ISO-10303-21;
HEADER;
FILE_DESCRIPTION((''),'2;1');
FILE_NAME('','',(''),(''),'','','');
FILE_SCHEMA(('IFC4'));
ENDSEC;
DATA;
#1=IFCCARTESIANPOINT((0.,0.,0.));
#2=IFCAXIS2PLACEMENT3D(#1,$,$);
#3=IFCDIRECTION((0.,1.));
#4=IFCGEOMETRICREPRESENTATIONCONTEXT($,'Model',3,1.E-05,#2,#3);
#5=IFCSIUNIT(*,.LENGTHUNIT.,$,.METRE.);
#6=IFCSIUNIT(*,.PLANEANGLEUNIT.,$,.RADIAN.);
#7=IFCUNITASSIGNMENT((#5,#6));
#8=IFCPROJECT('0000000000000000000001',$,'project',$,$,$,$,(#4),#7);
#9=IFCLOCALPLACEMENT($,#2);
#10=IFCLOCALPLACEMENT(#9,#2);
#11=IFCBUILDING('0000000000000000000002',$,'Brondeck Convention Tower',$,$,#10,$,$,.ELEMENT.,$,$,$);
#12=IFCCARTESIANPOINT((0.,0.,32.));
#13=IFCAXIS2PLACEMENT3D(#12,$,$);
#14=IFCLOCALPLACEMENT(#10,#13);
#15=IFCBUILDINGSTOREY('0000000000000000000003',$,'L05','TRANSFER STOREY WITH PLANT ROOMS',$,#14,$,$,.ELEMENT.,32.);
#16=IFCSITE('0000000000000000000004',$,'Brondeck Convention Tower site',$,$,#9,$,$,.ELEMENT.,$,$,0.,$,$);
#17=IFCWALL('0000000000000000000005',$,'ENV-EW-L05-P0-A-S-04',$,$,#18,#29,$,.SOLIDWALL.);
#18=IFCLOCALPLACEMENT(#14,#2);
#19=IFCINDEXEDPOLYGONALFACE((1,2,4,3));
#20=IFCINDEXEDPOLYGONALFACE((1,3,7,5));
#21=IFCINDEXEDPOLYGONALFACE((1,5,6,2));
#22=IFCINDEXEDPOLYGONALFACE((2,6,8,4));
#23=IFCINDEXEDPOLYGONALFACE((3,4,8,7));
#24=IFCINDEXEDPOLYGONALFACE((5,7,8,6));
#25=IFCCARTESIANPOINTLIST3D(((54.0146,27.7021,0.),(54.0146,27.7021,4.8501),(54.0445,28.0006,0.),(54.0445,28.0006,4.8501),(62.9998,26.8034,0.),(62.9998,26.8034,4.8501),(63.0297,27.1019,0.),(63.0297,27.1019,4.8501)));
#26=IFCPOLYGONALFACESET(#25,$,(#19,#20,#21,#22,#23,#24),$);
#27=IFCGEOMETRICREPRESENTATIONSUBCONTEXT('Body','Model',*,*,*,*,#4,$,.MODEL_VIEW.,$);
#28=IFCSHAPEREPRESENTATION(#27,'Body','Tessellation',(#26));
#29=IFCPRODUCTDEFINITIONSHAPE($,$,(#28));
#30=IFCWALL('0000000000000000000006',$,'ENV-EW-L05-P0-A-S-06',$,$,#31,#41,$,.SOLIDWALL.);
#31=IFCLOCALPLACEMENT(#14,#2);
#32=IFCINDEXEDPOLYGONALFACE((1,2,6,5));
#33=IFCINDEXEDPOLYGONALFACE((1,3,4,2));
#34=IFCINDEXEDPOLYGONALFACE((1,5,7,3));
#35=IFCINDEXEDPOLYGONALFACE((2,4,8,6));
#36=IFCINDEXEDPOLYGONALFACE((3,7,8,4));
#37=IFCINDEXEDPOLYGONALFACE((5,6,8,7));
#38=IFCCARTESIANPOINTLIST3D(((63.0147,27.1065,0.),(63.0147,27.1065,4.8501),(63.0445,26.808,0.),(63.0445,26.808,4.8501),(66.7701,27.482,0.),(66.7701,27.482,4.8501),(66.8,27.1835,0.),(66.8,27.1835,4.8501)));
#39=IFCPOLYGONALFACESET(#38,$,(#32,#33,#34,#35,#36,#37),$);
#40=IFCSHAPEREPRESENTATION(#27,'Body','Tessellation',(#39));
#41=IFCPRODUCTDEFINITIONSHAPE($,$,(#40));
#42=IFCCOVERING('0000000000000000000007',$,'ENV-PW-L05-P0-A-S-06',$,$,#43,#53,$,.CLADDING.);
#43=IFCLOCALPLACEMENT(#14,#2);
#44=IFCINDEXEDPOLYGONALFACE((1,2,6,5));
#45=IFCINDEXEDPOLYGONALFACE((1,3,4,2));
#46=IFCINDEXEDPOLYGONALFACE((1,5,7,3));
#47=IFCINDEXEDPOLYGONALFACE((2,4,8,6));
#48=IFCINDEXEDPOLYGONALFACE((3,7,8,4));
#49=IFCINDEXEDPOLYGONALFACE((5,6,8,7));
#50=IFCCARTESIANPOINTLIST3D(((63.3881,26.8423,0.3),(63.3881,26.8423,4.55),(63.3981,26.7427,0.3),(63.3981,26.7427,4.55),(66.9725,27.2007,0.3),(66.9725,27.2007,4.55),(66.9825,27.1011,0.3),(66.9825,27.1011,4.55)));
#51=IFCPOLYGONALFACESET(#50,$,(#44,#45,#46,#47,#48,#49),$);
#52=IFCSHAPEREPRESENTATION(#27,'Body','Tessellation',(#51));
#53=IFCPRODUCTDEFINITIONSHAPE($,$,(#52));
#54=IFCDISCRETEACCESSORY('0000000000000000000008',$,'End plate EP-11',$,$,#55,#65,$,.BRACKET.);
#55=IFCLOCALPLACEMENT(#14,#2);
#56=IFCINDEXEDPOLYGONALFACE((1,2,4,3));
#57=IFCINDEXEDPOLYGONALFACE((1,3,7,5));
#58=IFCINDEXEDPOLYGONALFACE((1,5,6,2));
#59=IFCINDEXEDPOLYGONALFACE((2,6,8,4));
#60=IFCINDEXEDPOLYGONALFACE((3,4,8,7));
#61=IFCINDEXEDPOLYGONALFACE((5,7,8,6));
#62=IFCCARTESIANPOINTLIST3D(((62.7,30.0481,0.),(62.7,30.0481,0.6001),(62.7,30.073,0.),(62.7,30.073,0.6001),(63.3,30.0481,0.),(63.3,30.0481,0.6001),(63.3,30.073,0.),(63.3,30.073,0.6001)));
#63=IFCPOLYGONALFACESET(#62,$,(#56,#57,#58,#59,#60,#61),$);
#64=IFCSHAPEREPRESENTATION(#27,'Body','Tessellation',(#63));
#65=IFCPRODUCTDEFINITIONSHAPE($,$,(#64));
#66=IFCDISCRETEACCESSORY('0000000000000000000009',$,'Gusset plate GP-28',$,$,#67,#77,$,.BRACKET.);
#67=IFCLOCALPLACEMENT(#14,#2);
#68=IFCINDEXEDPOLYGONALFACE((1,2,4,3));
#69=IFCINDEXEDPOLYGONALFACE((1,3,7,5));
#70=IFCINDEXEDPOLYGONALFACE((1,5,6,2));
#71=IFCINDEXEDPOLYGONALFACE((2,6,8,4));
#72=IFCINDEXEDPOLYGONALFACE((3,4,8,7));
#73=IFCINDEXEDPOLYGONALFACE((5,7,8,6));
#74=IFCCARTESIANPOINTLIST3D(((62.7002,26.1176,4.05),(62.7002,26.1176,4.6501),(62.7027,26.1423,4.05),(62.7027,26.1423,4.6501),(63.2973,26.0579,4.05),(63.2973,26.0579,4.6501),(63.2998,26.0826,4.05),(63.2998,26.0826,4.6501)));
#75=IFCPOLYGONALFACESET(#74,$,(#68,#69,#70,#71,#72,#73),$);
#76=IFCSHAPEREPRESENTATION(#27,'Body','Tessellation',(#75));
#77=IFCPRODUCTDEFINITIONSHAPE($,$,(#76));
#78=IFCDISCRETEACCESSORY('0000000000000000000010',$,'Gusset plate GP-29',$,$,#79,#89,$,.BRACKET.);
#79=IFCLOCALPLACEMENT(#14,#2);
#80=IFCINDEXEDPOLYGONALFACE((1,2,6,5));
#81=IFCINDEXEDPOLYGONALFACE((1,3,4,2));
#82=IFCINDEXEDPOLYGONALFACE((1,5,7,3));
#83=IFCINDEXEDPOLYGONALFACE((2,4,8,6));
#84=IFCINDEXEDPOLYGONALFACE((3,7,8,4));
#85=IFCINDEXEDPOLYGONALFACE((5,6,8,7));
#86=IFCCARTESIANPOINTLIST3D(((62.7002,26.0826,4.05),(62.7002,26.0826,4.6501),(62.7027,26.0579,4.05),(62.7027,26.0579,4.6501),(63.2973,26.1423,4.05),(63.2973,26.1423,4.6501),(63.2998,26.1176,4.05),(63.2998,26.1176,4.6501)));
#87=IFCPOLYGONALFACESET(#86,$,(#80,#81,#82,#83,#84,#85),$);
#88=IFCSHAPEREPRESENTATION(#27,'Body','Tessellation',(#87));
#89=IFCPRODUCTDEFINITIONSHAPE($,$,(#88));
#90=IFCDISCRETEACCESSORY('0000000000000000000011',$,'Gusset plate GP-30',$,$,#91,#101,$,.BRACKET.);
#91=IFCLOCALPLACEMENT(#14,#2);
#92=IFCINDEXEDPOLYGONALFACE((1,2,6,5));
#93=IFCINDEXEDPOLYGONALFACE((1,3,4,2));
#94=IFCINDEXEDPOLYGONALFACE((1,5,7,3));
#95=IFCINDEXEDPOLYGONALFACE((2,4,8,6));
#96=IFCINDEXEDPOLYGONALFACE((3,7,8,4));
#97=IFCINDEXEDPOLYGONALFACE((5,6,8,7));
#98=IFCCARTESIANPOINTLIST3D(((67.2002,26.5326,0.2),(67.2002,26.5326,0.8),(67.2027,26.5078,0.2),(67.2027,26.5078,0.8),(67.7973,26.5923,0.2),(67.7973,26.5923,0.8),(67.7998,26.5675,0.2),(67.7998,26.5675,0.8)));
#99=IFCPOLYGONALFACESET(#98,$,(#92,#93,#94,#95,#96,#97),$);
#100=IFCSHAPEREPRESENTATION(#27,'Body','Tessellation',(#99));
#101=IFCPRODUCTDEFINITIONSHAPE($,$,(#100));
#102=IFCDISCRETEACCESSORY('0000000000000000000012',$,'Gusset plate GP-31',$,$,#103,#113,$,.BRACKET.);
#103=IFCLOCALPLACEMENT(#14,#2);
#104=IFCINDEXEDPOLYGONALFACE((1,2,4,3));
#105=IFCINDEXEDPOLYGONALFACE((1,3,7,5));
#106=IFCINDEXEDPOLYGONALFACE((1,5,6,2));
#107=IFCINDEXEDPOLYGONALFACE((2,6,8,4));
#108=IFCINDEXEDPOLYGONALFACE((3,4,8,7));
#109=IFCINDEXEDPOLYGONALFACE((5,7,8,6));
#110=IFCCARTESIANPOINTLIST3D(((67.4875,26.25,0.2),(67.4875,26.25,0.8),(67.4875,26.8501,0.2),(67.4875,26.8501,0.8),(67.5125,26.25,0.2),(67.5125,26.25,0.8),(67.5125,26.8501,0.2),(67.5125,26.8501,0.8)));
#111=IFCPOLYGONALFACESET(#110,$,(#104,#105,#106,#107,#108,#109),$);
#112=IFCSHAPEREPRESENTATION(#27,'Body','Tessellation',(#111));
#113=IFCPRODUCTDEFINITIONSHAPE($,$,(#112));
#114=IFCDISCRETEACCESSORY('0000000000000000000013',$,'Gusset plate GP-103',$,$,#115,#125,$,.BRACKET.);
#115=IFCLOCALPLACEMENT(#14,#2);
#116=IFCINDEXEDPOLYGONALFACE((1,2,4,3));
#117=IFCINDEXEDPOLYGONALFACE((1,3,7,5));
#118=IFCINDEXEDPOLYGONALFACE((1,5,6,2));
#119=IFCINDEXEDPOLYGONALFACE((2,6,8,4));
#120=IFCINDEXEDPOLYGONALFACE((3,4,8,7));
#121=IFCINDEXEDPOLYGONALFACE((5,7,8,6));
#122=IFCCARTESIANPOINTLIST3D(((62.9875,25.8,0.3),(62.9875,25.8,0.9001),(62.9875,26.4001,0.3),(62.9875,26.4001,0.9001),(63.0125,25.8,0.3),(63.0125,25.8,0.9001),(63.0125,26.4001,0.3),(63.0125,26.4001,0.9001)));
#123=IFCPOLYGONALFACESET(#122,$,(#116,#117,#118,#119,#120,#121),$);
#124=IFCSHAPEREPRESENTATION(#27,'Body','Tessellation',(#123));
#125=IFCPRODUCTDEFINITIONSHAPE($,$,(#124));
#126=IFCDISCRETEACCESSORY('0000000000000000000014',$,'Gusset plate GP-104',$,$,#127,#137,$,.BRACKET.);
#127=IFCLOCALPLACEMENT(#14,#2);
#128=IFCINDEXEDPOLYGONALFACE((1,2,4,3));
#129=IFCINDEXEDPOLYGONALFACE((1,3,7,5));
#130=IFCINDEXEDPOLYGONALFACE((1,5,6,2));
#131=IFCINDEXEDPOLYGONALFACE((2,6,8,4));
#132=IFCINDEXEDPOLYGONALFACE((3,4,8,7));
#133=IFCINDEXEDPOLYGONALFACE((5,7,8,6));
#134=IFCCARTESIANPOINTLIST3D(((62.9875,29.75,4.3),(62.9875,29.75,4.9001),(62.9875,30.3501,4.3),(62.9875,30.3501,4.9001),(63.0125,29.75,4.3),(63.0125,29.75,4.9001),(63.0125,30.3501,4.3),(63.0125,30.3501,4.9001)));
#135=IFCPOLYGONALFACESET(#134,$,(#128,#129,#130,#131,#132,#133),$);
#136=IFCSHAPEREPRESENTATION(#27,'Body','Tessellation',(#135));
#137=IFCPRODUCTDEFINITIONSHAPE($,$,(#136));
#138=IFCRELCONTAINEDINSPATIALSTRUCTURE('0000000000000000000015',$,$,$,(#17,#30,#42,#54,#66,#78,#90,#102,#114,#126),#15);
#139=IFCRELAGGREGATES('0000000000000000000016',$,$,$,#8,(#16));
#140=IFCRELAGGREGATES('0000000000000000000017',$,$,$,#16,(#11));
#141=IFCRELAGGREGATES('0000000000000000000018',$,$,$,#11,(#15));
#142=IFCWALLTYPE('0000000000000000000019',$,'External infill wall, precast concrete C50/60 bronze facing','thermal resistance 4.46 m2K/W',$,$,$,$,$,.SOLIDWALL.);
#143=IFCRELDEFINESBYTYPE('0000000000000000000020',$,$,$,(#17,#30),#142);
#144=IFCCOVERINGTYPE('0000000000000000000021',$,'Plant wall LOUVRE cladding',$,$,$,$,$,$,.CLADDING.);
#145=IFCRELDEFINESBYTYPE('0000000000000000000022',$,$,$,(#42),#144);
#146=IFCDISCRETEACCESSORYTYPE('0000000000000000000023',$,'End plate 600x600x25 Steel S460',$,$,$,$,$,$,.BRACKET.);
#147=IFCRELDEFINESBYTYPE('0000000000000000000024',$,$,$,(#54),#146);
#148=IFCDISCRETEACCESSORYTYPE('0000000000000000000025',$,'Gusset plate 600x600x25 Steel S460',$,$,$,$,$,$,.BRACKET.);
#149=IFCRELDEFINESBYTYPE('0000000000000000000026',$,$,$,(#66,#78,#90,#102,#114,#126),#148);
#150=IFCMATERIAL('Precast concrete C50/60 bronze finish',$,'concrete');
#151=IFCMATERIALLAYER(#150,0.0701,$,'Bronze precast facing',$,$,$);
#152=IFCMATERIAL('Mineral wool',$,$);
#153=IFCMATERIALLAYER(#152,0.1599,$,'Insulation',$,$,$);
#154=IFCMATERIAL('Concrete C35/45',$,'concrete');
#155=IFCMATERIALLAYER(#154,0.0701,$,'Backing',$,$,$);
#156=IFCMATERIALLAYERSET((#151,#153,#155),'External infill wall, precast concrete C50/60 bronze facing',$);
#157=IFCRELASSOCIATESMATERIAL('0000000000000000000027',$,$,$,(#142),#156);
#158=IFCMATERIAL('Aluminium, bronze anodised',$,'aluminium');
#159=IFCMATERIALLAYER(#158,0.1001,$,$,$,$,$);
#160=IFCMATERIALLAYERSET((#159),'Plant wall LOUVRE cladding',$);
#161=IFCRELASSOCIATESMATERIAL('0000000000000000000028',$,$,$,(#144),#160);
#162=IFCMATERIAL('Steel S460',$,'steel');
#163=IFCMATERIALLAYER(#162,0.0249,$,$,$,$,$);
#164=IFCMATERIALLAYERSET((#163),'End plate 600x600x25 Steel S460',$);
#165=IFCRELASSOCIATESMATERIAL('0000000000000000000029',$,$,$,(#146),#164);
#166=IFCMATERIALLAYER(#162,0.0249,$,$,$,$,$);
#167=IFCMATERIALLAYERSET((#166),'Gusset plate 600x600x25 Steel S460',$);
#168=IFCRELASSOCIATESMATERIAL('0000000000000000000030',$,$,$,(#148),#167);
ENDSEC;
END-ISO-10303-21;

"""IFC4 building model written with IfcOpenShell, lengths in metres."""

from ifc_helpers import new_model, si_unit, direction, frame, frame_2d, origin, origin_2d, place, context, subcontext, project, spatial, rectangle, extrude, material, layer, layer_set, type_object, element, save


model = new_model("IFC4")

# Units and contexts
model_context = context("Model", 3, precision=1e-05, world=origin(), true_north=direction((0.0, 1.0)))
body_context = subcontext(model_context, "Body", "Model", "MODEL_VIEW")
ifc_project = project(units=[si_unit("LENGTHUNIT", "METRE"), si_unit("PLANEANGLEUNIT", "RADIAN")], contexts=[model_context])

# Site, building, storey
site_placement = place(None, origin())
site = spatial("IfcSite", under=ifc_project, at=site_placement, Name="Brondeck Convention Tower site", CompositionType="ELEMENT", RefElevation=0.0)
building_placement = place(site_placement, origin())
building = spatial("IfcBuilding", under=site, at=building_placement, Name="Brondeck Convention Tower", CompositionType="ELEMENT")
storey_placement = place(building_placement, frame((0.0, 0.0, 32.0)))
storey = spatial("IfcBuildingStorey", under=building, at=storey_placement, Name="L05", Description="TRANSFER STOREY WITH PLANT ROOMS", CompositionType="ELEMENT", Elevation=32.0)

# Shared definitions
ifc_material_1 = material(Name="Steel S460", Category="steel")

# Walls
ifc_material_2 = material(Name="Precast concrete C50/60 bronze finish", Category="concrete")
ifc_layer_1 = layer(ifc_material_2, 0.0701, Name="Bronze precast facing")
ifc_material_3 = material(Name="Mineral wool")
ifc_layer_2 = layer(ifc_material_3, 0.1599, Name="Insulation")
ifc_material_4 = material(Name="Concrete C35/45", Category="concrete")
ifc_layer_3 = layer(ifc_material_4, 0.0701, Name="Backing")
ifc_layer_set_1 = layer_set([ifc_layer_1, ifc_layer_2, ifc_layer_3], Name="External infill wall, precast concrete C50/60 bronze facing")
wall_type = type_object("IfcWallType", Name="External infill wall, precast concrete C50/60 bronze facing", Description="thermal resistance 4.46 m2K/W", PredefinedType="SOLIDWALL", material=ifc_layer_set_1)
wall_1_placement = place(storey_placement, frame((63.0149, 26.9526, 0.0), z_axis=(0.0, 0.0, 1.0), x_axis=(-0.995035, 0.099522, 0.0)))
element("IfcWall", 1, at=wall_1_placement, inside=storey, type_object=wall_type, Name="ENV-EW-L05-P0-A-S-04", PredefinedType="SOLIDWALL", context=body_context, shape_type="SweptSolid", body=[
    extrude(rectangle(XDim=9.03, YDim=0.3, at=frame_2d((4.5151, 0.0))), origin(), (0.0, 0.0, 1.0), 4.8501),
])
wall_2_placement = place(storey_placement, frame((66.7852, 27.3328, 0.0), z_axis=(0.0, 0.0, 1.0), x_axis=(-0.995038, -0.099491, 0.0)))
element("IfcWall", 2, at=wall_2_placement, inside=storey, type_object=wall_type, Name="ENV-EW-L05-P0-A-S-06", PredefinedType="SOLIDWALL", context=body_context, shape_type="SweptSolid", body=[
    extrude(rectangle(XDim=3.7742, YDim=0.3, at=frame_2d((1.8872, 0.0))), origin(), (0.0, 0.0, 1.0), 4.8501),
])

# Covering
ifc_material_5 = material(Name="Aluminium, bronze anodised", Category="aluminium")
ifc_layer_4 = layer(ifc_material_5, 0.1001)
ifc_layer_set_2 = layer_set([ifc_layer_4], Name="Plant wall LOUVRE cladding")
covering_type = type_object("IfcCoveringType", Name="Plant wall LOUVRE cladding", PredefinedType="CLADDING", material=ifc_layer_set_2)
covering_placement = place(storey_placement, frame((65.1853, 26.9717, 0.3), z_axis=(0.0, 0.0, 1.0), x_axis=(0.995037, 0.099504, 0.0)))
element("IfcCovering", 3, at=covering_placement, inside=storey, type_object=covering_type, Name="ENV-PW-L05-P0-A-S-06", PredefinedType="CLADDING", context=body_context, shape_type="SweptSolid", body=[
    extrude(rectangle(XDim=3.6023, YDim=0.1001, at=origin_2d()), origin(), (0.0, 0.0, 1.0), 4.25),
])

# Discrete accessories
ifc_layer_5 = layer(ifc_material_1, 0.0249)
ifc_layer_set_3 = layer_set([ifc_layer_5], Name="End plate 600x600x25 Steel S460")
discrete_accessory_type_1 = type_object("IfcDiscreteAccessoryType", Name="End plate 600x600x25 Steel S460", PredefinedType="BRACKET", material=ifc_layer_set_3)
discrete_accessory_placement = place(storey_placement, frame((63.0, 30.0605, 0.0), z_axis=(0.0, 0.0, 1.0), x_axis=(-1.0, 0.0, 0.0)))
element("IfcDiscreteAccessory", 4, at=discrete_accessory_placement, inside=storey, type_object=discrete_accessory_type_1, Name="End plate EP-11", PredefinedType="BRACKET", context=body_context, shape_type="SweptSolid", body=[
    extrude(rectangle(XDim=0.6001, YDim=0.0249, at=origin_2d()), origin(), (0.0, 0.0, 1.0), 0.6001),
])
ifc_layer_6 = layer(ifc_material_1, 0.0249)
ifc_layer_set_4 = layer_set([ifc_layer_6], Name="Gusset plate 600x600x25 Steel S460")
discrete_accessory_type_2 = type_object("IfcDiscreteAccessoryType", Name="Gusset plate 600x600x25 Steel S460", PredefinedType="BRACKET", material=ifc_layer_set_4)
for number, where, z_axis, x_axis, name in (
    (5, (63.0, 26.1001, 4.05), (0.0, 0.0, 1.0), (-0.995036, 0.099511, 0.0), "Gusset plate GP-28"),
    (6, (63.0, 26.1001, 4.05), (0.0, 0.0, 1.0), (0.995036, 0.099511, 0.0), "Gusset plate GP-29"),
    (7, (67.5, 26.55, 0.2), (0.0, 0.0, 1.0), (0.995036, 0.099511, 0.0), "Gusset plate GP-30"),
    (8, (67.5, 26.55, 0.2), (0.0, 0.0, 1.0), (0.0, 1.0, 0.0), "Gusset plate GP-31"),
    (9, (63.0, 26.1001, 0.3), (0.0, 0.0, 1.0), (0.0, 1.0, 0.0), "Gusset plate GP-103"),
    (10, (63.0, 30.05, 4.3), (0.0, 0.0, 1.0), (0.0, 1.0, 0.0), "Gusset plate GP-104"),
):
    element("IfcDiscreteAccessory", number, at=place(storey_placement, frame(where, z_axis=z_axis, x_axis=x_axis)), inside=storey, type_object=discrete_accessory_type_2, Name=name, PredefinedType="BRACKET", context=body_context, shape_type="SweptSolid", body=[
        extrude(rectangle(XDim=0.6001, YDim=0.0249, at=origin_2d()), origin(), (0.0, 0.0, 1.0), 0.6001),
    ])

save(model, "model.ifc")
